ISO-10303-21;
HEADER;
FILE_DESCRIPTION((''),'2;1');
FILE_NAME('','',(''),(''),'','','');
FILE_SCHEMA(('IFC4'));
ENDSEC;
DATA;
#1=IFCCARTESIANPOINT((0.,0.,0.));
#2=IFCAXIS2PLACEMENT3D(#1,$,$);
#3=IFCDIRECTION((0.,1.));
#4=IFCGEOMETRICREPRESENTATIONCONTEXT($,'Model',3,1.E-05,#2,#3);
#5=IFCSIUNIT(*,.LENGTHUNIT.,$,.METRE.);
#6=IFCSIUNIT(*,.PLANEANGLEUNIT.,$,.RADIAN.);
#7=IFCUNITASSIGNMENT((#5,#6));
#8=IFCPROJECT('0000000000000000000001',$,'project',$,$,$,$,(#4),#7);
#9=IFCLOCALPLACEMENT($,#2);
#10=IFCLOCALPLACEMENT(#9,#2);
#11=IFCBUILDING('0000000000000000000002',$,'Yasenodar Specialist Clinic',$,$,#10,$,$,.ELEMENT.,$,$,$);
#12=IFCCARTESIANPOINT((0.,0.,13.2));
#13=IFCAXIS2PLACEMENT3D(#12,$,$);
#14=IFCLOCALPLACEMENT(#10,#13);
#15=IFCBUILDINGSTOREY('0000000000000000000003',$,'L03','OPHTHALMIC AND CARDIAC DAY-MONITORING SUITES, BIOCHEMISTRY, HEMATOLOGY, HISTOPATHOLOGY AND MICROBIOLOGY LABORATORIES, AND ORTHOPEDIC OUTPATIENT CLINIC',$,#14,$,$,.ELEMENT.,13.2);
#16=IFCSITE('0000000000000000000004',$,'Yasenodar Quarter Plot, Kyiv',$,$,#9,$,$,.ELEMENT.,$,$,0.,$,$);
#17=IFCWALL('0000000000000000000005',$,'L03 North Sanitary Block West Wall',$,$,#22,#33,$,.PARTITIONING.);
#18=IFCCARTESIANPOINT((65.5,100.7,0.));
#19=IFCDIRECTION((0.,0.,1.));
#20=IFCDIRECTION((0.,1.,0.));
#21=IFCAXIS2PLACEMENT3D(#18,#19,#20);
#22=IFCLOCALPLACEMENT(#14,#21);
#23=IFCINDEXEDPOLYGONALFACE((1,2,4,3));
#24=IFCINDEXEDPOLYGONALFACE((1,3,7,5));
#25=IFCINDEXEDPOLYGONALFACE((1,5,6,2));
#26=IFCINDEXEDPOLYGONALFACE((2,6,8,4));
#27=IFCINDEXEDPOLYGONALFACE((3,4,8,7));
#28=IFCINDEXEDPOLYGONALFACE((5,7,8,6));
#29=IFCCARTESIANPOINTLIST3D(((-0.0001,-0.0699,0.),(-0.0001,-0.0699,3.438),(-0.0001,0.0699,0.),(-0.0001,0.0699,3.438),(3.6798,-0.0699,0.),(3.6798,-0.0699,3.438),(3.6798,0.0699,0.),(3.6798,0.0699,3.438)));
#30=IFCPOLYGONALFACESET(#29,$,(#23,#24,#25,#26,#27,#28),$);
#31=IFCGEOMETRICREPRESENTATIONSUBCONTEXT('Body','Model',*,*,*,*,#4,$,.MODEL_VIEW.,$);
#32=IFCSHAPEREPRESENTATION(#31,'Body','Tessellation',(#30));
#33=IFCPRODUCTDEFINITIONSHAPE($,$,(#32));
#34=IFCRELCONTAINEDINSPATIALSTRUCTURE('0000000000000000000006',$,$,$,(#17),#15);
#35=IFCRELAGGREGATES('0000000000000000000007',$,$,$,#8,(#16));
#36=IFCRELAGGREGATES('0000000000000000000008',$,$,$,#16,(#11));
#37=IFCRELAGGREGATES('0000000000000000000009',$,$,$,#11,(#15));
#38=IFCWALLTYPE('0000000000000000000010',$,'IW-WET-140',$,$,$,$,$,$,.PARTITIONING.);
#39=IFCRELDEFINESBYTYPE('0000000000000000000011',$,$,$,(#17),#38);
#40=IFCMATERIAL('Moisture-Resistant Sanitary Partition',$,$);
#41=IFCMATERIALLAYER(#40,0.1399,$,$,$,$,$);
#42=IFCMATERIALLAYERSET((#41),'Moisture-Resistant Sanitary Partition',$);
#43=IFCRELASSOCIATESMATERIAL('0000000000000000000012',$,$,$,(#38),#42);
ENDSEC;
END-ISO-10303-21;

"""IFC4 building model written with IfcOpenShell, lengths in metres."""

from ifc_helpers import new_model, si_unit, direction, frame, frame_2d, origin, place, context, subcontext, project, spatial, rectangle, extrude, material, layer, layer_set, type_object, element, save


model = new_model("IFC4")

# Units and contexts
model_context = context("Model", 3, precision=1e-05, world=origin(), true_north=direction((0.0, 1.0)))
body_context = subcontext(model_context, "Body", "Model", "MODEL_VIEW")
ifc_project = project(units=[si_unit("LENGTHUNIT", "METRE"), si_unit("PLANEANGLEUNIT", "RADIAN")], contexts=[model_context])

# Site, building, storey
site_placement = place(None, origin())
site = spatial("IfcSite", under=ifc_project, at=site_placement, Name="Yasenodar Quarter Plot, Kyiv", CompositionType="ELEMENT", RefElevation=0.0)
building_placement = place(site_placement, origin())
building = spatial("IfcBuilding", under=site, at=building_placement, Name="Yasenodar Specialist Clinic", CompositionType="ELEMENT")
storey_placement = place(building_placement, frame((0.0, 0.0, 13.2)))
storey = spatial("IfcBuildingStorey", under=building, at=storey_placement, Name="L03", Description="OPHTHALMIC AND CARDIAC DAY-MONITORING SUITES, BIOCHEMISTRY, HEMATOLOGY, HISTOPATHOLOGY AND MICROBIOLOGY LABORATORIES, AND ORTHOPEDIC OUTPATIENT CLINIC", CompositionType="ELEMENT", Elevation=13.2)

# Wall
ifc_material_1 = material(Name="Moisture-Resistant Sanitary Partition")
ifc_layer_1 = layer(ifc_material_1, 0.1399)
ifc_layer_set_1 = layer_set([ifc_layer_1], Name="Moisture-Resistant Sanitary Partition")
wall_type_1 = type_object("IfcWallType", Name="IW-WET-140", PredefinedType="PARTITIONING", material=ifc_layer_set_1)
wall_1_placement = place(storey_placement, frame((65.5, 100.7, 0.0), z_axis=(0.0, 0.0, 1.0), x_axis=(0.0, 1.0, 0.0)))
element("IfcWall", 1, at=wall_1_placement, inside=storey, type_object=wall_type_1, Name="L03 North Sanitary Block West Wall", PredefinedType="PARTITIONING", context=body_context, shape_type="SweptSolid", body=[
    extrude(rectangle(XDim=3.6799, YDim=0.1399, at=frame_2d((1.8398, 0.0))), origin(), (0.0, 0.0, 1.0), 3.438),
])

save(model, "model.ifc")
